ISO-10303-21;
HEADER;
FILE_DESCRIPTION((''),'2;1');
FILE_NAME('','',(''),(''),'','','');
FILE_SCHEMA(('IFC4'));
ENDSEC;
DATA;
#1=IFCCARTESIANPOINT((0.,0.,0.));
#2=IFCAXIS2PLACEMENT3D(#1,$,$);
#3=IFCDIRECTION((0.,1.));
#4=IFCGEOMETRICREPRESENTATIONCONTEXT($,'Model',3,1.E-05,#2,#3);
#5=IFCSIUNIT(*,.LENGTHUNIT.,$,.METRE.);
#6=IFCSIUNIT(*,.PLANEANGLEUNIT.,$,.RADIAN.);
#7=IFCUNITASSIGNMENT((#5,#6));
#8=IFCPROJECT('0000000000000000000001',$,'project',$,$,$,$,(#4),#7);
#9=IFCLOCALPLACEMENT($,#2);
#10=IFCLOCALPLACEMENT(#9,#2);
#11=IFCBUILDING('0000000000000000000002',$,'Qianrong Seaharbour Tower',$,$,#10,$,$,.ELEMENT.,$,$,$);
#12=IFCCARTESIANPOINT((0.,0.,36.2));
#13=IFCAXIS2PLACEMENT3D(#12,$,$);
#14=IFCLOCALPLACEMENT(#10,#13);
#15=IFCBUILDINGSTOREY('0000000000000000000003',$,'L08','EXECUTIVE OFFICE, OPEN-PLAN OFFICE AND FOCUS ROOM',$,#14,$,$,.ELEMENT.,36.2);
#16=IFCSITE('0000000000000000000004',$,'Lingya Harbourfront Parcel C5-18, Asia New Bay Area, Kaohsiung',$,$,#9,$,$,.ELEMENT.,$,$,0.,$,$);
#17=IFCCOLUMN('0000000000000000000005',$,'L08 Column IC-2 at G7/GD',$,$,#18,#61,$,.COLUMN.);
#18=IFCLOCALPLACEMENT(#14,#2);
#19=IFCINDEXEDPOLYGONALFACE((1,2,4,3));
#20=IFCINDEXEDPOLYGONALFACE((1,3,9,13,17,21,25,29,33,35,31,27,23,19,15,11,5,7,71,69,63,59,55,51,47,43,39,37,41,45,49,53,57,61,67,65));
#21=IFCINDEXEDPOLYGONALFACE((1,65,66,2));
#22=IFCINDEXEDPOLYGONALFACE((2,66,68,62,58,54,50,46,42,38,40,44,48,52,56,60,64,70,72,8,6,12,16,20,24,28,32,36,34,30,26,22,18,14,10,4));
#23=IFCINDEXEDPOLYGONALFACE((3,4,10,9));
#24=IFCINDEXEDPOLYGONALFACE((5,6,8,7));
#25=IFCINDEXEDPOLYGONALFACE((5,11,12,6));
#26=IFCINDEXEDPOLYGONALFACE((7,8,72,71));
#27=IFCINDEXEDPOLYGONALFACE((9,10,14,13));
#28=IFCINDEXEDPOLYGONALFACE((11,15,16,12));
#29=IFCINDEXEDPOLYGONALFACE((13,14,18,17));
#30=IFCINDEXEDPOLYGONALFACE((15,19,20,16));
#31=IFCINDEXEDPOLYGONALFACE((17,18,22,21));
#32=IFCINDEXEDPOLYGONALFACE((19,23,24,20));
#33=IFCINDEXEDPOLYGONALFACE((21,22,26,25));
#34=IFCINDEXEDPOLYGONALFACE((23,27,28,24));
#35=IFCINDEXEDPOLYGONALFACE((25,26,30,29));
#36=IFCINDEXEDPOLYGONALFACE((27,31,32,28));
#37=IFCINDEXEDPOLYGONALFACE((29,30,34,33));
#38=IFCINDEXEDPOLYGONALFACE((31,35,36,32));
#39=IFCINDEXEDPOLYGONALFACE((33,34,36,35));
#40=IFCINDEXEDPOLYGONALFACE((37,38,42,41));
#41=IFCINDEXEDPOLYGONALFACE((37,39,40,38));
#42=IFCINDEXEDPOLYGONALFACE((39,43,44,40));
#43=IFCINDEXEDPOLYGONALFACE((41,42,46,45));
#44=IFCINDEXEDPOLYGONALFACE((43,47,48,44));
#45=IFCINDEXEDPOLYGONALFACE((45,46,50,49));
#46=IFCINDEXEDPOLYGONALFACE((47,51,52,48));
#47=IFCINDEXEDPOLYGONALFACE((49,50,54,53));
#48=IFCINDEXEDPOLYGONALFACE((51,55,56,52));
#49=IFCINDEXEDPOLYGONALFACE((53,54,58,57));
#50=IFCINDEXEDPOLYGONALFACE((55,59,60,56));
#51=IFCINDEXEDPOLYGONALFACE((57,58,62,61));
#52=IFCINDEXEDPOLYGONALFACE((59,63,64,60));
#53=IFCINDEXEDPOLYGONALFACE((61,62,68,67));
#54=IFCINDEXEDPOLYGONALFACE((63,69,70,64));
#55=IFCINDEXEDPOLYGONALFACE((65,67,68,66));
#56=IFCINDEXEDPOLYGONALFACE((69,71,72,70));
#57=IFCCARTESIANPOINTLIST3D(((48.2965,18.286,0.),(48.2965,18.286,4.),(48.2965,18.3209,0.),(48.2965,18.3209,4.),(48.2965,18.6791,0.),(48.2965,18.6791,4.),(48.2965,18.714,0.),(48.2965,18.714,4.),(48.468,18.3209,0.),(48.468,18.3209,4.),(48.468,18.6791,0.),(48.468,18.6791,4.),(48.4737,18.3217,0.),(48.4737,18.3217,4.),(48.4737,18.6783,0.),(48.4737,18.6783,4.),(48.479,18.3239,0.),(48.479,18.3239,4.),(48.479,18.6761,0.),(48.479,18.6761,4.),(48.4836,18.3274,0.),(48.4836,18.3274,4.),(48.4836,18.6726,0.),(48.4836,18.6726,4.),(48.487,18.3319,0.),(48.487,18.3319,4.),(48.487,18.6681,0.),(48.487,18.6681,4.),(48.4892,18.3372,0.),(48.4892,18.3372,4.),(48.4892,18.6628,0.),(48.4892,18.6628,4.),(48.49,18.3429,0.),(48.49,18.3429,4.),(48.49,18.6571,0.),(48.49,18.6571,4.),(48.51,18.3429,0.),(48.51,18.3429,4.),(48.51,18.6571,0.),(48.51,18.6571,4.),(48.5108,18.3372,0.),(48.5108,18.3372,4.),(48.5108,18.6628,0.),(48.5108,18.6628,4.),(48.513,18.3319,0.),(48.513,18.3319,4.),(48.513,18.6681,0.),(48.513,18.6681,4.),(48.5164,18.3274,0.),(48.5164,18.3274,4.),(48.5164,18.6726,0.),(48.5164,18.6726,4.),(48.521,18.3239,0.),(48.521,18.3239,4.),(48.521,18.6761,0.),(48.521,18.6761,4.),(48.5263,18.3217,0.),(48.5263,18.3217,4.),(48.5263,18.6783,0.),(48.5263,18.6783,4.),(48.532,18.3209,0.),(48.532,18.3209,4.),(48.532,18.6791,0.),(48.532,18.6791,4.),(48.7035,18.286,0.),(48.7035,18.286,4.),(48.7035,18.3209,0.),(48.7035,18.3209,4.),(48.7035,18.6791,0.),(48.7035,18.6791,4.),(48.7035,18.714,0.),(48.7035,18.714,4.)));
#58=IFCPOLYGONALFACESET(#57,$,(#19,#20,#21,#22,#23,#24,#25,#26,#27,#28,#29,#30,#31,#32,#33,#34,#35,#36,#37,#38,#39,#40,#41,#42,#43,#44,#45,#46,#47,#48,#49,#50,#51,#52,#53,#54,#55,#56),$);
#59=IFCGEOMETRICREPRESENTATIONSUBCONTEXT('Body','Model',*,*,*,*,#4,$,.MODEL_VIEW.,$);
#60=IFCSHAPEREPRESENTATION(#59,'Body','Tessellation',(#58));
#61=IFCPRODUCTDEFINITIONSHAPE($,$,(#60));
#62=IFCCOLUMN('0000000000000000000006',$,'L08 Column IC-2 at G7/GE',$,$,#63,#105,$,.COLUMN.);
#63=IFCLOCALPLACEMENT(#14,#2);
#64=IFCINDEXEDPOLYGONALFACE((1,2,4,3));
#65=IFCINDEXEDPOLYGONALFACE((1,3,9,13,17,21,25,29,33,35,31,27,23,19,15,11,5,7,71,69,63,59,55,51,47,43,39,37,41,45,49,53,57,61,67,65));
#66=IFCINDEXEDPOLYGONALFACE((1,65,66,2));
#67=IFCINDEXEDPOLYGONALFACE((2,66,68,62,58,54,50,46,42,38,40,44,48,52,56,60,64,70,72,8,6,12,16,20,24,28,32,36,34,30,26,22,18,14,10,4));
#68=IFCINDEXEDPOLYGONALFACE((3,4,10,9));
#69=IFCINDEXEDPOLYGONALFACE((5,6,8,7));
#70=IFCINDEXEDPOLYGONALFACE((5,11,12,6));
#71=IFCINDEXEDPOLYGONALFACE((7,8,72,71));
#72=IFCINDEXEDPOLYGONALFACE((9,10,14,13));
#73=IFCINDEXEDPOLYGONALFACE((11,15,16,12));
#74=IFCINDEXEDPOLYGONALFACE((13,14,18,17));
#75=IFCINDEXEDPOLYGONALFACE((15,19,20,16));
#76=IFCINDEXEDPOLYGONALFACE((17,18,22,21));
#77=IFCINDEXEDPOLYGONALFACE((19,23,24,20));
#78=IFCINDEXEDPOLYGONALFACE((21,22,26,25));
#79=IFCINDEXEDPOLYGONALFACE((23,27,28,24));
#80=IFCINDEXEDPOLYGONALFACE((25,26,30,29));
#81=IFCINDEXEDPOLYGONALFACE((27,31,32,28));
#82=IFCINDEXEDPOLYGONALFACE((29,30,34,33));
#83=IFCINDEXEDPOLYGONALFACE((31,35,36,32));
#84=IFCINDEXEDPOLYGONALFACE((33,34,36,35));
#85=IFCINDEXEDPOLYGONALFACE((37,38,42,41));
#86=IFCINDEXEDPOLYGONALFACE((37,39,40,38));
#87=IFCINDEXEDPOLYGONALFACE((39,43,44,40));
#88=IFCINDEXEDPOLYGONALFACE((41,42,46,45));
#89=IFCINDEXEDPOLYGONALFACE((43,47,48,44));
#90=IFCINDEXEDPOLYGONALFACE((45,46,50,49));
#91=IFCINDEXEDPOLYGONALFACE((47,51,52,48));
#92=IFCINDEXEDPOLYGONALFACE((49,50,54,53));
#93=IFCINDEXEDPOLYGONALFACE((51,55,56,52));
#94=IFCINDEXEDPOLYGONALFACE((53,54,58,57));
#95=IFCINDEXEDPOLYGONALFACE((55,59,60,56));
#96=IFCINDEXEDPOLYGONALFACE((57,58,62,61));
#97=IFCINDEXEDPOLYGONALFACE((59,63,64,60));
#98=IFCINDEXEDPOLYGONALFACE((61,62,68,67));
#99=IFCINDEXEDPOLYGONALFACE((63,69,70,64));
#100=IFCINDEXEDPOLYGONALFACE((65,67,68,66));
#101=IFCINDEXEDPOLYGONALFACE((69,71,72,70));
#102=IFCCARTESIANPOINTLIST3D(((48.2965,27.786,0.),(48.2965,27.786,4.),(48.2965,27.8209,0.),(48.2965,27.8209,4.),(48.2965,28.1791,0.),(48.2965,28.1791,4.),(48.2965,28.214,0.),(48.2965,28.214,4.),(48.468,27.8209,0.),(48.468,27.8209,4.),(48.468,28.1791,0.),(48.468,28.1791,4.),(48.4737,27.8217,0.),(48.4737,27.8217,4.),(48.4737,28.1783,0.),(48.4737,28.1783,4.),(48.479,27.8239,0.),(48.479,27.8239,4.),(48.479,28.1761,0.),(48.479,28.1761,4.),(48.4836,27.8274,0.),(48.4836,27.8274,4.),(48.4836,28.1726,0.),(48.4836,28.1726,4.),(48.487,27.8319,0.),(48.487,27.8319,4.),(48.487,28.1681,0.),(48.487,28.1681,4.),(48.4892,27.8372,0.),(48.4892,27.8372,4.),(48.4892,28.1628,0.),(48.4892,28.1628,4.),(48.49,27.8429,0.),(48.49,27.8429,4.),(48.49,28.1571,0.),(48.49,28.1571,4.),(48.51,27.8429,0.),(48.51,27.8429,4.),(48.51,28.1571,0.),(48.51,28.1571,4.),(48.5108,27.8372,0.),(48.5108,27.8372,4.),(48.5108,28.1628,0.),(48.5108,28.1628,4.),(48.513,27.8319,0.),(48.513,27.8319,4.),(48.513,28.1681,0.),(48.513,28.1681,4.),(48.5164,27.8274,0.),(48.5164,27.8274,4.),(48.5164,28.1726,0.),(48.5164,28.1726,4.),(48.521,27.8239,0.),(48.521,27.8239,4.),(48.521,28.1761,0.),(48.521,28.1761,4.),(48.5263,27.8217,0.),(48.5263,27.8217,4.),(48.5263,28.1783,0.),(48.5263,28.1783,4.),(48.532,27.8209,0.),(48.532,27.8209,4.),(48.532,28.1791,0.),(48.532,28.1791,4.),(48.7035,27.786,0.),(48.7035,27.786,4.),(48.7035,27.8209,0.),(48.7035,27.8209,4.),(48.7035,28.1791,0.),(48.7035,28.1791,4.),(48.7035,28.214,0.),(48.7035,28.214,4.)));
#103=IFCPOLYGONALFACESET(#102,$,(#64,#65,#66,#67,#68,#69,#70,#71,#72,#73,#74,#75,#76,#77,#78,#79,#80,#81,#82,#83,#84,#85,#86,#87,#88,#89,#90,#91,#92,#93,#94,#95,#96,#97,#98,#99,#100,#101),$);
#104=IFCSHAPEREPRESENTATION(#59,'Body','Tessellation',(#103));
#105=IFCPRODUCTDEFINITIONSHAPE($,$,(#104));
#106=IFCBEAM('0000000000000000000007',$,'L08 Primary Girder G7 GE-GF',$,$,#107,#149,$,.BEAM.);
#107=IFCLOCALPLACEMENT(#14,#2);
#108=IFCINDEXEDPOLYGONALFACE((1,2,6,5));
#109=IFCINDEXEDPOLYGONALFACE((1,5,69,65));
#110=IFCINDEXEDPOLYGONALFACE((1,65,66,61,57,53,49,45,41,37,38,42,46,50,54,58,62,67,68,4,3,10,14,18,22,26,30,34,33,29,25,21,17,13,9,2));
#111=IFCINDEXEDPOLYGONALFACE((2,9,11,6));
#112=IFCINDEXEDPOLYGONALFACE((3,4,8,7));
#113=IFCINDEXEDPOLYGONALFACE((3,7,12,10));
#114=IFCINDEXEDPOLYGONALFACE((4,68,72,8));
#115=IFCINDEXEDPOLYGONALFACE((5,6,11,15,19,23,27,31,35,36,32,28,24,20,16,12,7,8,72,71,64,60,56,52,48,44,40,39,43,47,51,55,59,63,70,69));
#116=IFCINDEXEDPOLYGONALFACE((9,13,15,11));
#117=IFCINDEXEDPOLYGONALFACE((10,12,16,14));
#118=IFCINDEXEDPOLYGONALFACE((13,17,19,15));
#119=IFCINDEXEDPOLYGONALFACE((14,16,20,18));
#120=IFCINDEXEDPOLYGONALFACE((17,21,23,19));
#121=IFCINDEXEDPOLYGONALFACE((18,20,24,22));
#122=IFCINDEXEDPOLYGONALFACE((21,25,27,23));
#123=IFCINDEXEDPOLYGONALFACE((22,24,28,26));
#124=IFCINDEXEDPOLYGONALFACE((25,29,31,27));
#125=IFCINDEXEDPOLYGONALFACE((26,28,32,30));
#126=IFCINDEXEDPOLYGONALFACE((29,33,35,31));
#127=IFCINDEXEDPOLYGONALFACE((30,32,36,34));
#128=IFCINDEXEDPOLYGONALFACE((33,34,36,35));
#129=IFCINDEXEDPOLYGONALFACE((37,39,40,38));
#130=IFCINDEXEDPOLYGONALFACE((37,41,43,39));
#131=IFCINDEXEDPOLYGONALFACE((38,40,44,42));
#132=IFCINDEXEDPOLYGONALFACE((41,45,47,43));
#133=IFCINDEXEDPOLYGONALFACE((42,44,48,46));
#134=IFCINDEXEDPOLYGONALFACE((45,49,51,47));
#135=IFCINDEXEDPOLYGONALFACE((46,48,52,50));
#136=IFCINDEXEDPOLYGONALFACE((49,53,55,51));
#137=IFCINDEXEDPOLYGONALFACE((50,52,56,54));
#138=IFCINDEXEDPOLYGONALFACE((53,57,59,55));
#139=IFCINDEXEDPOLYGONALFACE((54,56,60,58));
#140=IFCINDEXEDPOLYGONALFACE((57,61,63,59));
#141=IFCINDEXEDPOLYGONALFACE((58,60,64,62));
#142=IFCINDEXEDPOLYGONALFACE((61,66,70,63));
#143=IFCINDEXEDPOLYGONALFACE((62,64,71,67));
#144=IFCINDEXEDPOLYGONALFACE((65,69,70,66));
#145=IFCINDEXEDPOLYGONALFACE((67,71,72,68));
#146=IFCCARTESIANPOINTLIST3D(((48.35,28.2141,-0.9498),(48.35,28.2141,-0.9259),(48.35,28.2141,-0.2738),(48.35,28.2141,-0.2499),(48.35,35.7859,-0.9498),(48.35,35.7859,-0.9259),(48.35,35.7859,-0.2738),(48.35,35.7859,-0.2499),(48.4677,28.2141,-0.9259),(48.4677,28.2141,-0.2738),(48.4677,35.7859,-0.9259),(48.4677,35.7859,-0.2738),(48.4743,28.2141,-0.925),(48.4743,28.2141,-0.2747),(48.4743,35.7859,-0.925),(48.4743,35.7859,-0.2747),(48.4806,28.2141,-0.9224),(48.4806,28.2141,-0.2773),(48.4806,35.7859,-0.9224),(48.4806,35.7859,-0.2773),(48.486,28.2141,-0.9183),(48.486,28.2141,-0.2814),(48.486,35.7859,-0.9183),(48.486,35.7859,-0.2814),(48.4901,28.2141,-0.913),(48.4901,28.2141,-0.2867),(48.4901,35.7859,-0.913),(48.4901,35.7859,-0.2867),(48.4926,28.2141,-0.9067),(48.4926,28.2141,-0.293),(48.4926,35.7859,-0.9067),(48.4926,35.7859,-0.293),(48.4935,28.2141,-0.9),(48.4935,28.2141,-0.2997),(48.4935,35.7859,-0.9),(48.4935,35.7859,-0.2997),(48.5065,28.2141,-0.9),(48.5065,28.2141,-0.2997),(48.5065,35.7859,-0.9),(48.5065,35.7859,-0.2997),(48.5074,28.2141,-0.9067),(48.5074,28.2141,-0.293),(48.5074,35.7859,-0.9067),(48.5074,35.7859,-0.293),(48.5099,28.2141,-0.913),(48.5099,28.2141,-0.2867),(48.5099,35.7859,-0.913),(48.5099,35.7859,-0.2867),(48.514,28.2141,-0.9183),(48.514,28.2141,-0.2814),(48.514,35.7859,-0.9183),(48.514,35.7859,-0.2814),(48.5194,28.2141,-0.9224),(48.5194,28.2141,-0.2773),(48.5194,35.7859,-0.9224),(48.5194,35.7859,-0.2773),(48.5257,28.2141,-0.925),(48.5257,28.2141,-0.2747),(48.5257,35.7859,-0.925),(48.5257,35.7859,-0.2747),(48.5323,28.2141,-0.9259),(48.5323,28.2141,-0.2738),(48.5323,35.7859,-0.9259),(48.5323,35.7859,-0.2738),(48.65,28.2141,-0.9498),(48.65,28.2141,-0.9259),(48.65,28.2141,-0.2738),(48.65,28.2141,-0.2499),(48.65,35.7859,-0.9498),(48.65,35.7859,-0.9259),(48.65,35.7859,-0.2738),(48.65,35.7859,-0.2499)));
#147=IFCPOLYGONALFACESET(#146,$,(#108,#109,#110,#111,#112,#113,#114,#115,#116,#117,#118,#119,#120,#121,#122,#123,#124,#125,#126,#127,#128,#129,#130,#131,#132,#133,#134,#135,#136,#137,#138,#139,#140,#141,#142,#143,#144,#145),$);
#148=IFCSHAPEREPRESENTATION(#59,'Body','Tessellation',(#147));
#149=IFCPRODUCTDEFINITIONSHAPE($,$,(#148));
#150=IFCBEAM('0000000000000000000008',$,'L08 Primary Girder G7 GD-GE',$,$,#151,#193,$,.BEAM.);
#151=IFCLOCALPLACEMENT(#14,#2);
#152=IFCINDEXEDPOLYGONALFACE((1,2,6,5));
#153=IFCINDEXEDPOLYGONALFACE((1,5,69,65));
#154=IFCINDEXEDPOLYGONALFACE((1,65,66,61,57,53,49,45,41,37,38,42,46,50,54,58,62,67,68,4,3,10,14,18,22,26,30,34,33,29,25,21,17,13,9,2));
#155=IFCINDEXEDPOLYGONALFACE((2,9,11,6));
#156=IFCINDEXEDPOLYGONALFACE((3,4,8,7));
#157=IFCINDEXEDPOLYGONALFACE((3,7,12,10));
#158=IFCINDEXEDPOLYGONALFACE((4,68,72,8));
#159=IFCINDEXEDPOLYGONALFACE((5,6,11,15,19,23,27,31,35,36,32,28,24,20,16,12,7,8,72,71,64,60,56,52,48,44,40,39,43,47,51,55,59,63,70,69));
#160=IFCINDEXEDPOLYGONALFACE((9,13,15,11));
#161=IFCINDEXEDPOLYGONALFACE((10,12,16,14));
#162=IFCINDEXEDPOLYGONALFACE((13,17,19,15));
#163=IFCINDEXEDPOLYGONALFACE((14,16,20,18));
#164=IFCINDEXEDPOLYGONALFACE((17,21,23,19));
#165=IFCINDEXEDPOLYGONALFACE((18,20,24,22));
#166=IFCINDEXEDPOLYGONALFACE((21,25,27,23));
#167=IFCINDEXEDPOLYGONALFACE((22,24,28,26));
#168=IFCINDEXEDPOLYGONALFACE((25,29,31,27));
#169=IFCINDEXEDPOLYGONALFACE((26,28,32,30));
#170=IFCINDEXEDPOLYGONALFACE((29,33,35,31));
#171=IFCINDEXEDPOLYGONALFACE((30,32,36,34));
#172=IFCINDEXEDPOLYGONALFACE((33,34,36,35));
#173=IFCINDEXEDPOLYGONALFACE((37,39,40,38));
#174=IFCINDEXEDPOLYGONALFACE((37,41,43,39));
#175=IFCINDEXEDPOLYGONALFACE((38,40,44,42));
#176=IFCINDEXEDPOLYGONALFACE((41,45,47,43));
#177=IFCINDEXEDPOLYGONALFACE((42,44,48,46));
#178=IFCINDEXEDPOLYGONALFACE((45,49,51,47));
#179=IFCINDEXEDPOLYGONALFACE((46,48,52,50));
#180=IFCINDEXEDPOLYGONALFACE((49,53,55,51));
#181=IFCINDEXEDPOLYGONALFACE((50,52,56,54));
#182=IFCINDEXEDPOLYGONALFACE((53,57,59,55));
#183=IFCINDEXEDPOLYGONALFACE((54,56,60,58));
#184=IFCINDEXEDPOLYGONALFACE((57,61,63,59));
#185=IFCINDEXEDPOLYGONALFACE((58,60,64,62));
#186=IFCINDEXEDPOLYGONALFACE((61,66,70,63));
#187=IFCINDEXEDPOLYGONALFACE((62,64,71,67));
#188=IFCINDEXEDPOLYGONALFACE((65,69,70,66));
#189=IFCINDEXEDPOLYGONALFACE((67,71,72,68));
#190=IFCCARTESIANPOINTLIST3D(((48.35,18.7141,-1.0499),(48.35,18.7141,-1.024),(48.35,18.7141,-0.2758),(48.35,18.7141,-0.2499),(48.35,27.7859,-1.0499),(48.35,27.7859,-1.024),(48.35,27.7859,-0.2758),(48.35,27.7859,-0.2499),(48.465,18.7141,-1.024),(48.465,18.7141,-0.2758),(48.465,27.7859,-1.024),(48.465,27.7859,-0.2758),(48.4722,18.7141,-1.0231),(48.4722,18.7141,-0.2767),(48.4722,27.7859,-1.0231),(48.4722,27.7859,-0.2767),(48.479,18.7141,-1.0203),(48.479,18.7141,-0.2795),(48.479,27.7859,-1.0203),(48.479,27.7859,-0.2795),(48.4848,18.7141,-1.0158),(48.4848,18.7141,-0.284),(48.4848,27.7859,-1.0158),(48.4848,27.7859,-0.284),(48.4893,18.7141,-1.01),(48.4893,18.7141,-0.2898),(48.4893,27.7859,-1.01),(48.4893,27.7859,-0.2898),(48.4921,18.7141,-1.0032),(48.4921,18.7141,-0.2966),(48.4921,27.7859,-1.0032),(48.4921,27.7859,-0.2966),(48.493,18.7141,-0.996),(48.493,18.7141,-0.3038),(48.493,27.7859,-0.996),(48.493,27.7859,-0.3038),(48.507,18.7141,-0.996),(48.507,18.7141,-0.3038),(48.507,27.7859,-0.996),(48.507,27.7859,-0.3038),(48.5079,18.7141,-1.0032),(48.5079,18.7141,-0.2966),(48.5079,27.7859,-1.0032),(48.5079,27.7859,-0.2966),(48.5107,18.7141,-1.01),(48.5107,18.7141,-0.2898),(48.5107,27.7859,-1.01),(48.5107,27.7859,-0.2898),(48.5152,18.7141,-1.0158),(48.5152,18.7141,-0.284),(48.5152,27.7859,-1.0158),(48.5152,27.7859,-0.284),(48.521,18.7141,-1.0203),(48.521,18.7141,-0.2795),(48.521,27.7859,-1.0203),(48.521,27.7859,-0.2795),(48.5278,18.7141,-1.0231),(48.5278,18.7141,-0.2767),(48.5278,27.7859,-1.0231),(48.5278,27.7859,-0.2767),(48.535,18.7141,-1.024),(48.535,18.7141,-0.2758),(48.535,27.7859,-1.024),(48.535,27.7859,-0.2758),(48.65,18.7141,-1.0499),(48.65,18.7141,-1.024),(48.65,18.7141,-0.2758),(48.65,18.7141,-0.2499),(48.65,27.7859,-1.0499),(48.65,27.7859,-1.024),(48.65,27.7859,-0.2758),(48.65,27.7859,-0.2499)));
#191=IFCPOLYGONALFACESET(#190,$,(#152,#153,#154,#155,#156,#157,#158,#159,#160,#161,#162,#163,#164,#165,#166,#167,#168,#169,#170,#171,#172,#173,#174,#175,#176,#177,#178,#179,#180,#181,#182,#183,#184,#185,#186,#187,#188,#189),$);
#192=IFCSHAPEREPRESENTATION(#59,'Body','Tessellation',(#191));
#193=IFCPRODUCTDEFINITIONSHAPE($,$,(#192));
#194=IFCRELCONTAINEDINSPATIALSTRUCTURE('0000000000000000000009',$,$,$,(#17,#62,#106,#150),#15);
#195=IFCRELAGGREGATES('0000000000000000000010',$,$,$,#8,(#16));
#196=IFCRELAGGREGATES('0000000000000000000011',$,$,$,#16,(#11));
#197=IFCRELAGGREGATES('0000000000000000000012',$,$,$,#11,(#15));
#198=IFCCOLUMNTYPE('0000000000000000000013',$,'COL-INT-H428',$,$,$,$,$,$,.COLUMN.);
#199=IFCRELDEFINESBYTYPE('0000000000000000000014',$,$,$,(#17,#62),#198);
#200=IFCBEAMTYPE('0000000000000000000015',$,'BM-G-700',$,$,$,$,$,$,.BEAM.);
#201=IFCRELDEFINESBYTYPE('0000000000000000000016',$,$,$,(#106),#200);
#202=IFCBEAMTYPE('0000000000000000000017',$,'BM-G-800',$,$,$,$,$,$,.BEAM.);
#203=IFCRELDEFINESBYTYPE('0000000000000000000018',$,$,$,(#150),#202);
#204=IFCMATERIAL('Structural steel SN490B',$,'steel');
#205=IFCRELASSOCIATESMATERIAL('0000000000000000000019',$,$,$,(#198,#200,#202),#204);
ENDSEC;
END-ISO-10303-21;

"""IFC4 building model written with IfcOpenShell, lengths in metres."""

from ifc_helpers import new_model, si_unit, direction, frame, origin, origin_2d, place, context, subcontext, project, spatial, i_section, extrude, material, material_profile, profile_set, type_object, element, save


model = new_model("IFC4")

# Units and contexts
model_context = context("Model", 3, precision=1e-05, world=origin(), true_north=direction((0.0, 1.0)))
body_context = subcontext(model_context, "Body", "Model", "MODEL_VIEW")
ifc_project = project(units=[si_unit("LENGTHUNIT", "METRE"), si_unit("PLANEANGLEUNIT", "RADIAN")], contexts=[model_context])

# Site, building, storey
site_placement = place(None, origin())
site = spatial("IfcSite", under=ifc_project, at=site_placement, Name="Lingya Harbourfront Parcel C5-18, Asia New Bay Area, Kaohsiung", CompositionType="ELEMENT", RefElevation=0.0)
building_placement = place(site_placement, origin())
building = spatial("IfcBuilding", under=site, at=building_placement, Name="Qianrong Seaharbour Tower", CompositionType="ELEMENT")
storey_placement = place(building_placement, frame((0.0, 0.0, 36.2)))
storey = spatial("IfcBuildingStorey", under=building, at=storey_placement, Name="L08", Description="EXECUTIVE OFFICE, OPEN-PLAN OFFICE AND FOCUS ROOM", CompositionType="ELEMENT", Elevation=36.2)

# Columns
ifc_material_1 = material(Name="Structural steel SN490B", Category="steel")
ifc_material_profile_1 = material_profile(ifc_material_1, i_section(OverallWidth=0.407, OverallDepth=0.428, WebThickness=0.02, FlangeThickness=0.0349, FilletRadius=0.022, at=origin_2d()), Name="H428x407x20x35")
ifc_profile_set_1 = profile_set([ifc_material_profile_1], Name="Structural steel SN490B")
column_type = type_object("IfcColumnType", Name="COL-INT-H428", PredefinedType="COLUMN", material=ifc_profile_set_1)
for number, where, z_axis, x_axis, name in (
    (1, (48.5, 18.5, 0.0), (0.0, 0.0, 1.0), (1.0, 0.0, 0.0), "L08 Column IC-2 at G7/GD"),
    (2, (48.5, 28.0, 0.0), (0.0, 0.0, 1.0), (1.0, 0.0, 0.0), "L08 Column IC-2 at G7/GE"),
):
    element("IfcColumn", number, at=place(storey_placement, frame(where, z_axis=z_axis, x_axis=x_axis)), inside=storey, type_object=column_type, Name=name, PredefinedType="COLUMN", context=body_context, shape_type="SweptSolid", body=[
        extrude(i_section(OverallWidth=0.407, OverallDepth=0.428, WebThickness=0.02, FlangeThickness=0.0349, FilletRadius=0.022, at=origin_2d()), origin(), (0.0, 0.0, 1.0), 4.0),
    ])

# Beams
ifc_material_profile_2 = material_profile(ifc_material_1, i_section(OverallWidth=0.3, OverallDepth=0.7, WebThickness=0.0129, FlangeThickness=0.0239, FilletRadius=0.0259, at=origin_2d()), Name="H700x300x13x24")
ifc_profile_set_2 = profile_set([ifc_material_profile_2], Name="Structural steel SN490B")
beam_type_1 = type_object("IfcBeamType", Name="BM-G-700", PredefinedType="BEAM", material=ifc_profile_set_2)
beam_1_placement = place(storey_placement, frame((48.5, 28.2141, -0.5999), z_axis=(0.0, 1.0, 0.0), x_axis=(-1.0, 0.0, 0.0)))
element("IfcBeam", 3, at=beam_1_placement, inside=storey, type_object=beam_type_1, Name="L08 Primary Girder G7 GE-GF", PredefinedType="BEAM", context=body_context, shape_type="SweptSolid", body=[
    extrude(i_section(OverallWidth=0.3, OverallDepth=0.7, WebThickness=0.0129, FlangeThickness=0.0239, FilletRadius=0.0259, at=origin_2d()), origin(), (0.0, 0.0, 1.0), 7.5718),
])
ifc_material_profile_3 = material_profile(ifc_material_1, i_section(OverallWidth=0.3, OverallDepth=0.8, WebThickness=0.0139, FlangeThickness=0.0259, FilletRadius=0.0281, at=origin_2d()), Name="H800x300x14x26")
ifc_profile_set_3 = profile_set([ifc_material_profile_3], Name="Structural steel SN490B")
beam_type_2 = type_object("IfcBeamType", Name="BM-G-800", PredefinedType="BEAM", material=ifc_profile_set_3)
beam_2_placement = place(storey_placement, frame((48.5, 18.7141, -0.6499), z_axis=(0.0, 1.0, 0.0), x_axis=(-1.0, 0.0, 0.0)))
element("IfcBeam", 4, at=beam_2_placement, inside=storey, type_object=beam_type_2, Name="L08 Primary Girder G7 GD-GE", PredefinedType="BEAM", context=body_context, shape_type="SweptSolid", body=[
    extrude(i_section(OverallWidth=0.3, OverallDepth=0.8, WebThickness=0.0139, FlangeThickness=0.0259, FilletRadius=0.0281, at=origin_2d()), origin(), (0.0, 0.0, 1.0), 9.0718),
])

save(model, "model.ifc")
